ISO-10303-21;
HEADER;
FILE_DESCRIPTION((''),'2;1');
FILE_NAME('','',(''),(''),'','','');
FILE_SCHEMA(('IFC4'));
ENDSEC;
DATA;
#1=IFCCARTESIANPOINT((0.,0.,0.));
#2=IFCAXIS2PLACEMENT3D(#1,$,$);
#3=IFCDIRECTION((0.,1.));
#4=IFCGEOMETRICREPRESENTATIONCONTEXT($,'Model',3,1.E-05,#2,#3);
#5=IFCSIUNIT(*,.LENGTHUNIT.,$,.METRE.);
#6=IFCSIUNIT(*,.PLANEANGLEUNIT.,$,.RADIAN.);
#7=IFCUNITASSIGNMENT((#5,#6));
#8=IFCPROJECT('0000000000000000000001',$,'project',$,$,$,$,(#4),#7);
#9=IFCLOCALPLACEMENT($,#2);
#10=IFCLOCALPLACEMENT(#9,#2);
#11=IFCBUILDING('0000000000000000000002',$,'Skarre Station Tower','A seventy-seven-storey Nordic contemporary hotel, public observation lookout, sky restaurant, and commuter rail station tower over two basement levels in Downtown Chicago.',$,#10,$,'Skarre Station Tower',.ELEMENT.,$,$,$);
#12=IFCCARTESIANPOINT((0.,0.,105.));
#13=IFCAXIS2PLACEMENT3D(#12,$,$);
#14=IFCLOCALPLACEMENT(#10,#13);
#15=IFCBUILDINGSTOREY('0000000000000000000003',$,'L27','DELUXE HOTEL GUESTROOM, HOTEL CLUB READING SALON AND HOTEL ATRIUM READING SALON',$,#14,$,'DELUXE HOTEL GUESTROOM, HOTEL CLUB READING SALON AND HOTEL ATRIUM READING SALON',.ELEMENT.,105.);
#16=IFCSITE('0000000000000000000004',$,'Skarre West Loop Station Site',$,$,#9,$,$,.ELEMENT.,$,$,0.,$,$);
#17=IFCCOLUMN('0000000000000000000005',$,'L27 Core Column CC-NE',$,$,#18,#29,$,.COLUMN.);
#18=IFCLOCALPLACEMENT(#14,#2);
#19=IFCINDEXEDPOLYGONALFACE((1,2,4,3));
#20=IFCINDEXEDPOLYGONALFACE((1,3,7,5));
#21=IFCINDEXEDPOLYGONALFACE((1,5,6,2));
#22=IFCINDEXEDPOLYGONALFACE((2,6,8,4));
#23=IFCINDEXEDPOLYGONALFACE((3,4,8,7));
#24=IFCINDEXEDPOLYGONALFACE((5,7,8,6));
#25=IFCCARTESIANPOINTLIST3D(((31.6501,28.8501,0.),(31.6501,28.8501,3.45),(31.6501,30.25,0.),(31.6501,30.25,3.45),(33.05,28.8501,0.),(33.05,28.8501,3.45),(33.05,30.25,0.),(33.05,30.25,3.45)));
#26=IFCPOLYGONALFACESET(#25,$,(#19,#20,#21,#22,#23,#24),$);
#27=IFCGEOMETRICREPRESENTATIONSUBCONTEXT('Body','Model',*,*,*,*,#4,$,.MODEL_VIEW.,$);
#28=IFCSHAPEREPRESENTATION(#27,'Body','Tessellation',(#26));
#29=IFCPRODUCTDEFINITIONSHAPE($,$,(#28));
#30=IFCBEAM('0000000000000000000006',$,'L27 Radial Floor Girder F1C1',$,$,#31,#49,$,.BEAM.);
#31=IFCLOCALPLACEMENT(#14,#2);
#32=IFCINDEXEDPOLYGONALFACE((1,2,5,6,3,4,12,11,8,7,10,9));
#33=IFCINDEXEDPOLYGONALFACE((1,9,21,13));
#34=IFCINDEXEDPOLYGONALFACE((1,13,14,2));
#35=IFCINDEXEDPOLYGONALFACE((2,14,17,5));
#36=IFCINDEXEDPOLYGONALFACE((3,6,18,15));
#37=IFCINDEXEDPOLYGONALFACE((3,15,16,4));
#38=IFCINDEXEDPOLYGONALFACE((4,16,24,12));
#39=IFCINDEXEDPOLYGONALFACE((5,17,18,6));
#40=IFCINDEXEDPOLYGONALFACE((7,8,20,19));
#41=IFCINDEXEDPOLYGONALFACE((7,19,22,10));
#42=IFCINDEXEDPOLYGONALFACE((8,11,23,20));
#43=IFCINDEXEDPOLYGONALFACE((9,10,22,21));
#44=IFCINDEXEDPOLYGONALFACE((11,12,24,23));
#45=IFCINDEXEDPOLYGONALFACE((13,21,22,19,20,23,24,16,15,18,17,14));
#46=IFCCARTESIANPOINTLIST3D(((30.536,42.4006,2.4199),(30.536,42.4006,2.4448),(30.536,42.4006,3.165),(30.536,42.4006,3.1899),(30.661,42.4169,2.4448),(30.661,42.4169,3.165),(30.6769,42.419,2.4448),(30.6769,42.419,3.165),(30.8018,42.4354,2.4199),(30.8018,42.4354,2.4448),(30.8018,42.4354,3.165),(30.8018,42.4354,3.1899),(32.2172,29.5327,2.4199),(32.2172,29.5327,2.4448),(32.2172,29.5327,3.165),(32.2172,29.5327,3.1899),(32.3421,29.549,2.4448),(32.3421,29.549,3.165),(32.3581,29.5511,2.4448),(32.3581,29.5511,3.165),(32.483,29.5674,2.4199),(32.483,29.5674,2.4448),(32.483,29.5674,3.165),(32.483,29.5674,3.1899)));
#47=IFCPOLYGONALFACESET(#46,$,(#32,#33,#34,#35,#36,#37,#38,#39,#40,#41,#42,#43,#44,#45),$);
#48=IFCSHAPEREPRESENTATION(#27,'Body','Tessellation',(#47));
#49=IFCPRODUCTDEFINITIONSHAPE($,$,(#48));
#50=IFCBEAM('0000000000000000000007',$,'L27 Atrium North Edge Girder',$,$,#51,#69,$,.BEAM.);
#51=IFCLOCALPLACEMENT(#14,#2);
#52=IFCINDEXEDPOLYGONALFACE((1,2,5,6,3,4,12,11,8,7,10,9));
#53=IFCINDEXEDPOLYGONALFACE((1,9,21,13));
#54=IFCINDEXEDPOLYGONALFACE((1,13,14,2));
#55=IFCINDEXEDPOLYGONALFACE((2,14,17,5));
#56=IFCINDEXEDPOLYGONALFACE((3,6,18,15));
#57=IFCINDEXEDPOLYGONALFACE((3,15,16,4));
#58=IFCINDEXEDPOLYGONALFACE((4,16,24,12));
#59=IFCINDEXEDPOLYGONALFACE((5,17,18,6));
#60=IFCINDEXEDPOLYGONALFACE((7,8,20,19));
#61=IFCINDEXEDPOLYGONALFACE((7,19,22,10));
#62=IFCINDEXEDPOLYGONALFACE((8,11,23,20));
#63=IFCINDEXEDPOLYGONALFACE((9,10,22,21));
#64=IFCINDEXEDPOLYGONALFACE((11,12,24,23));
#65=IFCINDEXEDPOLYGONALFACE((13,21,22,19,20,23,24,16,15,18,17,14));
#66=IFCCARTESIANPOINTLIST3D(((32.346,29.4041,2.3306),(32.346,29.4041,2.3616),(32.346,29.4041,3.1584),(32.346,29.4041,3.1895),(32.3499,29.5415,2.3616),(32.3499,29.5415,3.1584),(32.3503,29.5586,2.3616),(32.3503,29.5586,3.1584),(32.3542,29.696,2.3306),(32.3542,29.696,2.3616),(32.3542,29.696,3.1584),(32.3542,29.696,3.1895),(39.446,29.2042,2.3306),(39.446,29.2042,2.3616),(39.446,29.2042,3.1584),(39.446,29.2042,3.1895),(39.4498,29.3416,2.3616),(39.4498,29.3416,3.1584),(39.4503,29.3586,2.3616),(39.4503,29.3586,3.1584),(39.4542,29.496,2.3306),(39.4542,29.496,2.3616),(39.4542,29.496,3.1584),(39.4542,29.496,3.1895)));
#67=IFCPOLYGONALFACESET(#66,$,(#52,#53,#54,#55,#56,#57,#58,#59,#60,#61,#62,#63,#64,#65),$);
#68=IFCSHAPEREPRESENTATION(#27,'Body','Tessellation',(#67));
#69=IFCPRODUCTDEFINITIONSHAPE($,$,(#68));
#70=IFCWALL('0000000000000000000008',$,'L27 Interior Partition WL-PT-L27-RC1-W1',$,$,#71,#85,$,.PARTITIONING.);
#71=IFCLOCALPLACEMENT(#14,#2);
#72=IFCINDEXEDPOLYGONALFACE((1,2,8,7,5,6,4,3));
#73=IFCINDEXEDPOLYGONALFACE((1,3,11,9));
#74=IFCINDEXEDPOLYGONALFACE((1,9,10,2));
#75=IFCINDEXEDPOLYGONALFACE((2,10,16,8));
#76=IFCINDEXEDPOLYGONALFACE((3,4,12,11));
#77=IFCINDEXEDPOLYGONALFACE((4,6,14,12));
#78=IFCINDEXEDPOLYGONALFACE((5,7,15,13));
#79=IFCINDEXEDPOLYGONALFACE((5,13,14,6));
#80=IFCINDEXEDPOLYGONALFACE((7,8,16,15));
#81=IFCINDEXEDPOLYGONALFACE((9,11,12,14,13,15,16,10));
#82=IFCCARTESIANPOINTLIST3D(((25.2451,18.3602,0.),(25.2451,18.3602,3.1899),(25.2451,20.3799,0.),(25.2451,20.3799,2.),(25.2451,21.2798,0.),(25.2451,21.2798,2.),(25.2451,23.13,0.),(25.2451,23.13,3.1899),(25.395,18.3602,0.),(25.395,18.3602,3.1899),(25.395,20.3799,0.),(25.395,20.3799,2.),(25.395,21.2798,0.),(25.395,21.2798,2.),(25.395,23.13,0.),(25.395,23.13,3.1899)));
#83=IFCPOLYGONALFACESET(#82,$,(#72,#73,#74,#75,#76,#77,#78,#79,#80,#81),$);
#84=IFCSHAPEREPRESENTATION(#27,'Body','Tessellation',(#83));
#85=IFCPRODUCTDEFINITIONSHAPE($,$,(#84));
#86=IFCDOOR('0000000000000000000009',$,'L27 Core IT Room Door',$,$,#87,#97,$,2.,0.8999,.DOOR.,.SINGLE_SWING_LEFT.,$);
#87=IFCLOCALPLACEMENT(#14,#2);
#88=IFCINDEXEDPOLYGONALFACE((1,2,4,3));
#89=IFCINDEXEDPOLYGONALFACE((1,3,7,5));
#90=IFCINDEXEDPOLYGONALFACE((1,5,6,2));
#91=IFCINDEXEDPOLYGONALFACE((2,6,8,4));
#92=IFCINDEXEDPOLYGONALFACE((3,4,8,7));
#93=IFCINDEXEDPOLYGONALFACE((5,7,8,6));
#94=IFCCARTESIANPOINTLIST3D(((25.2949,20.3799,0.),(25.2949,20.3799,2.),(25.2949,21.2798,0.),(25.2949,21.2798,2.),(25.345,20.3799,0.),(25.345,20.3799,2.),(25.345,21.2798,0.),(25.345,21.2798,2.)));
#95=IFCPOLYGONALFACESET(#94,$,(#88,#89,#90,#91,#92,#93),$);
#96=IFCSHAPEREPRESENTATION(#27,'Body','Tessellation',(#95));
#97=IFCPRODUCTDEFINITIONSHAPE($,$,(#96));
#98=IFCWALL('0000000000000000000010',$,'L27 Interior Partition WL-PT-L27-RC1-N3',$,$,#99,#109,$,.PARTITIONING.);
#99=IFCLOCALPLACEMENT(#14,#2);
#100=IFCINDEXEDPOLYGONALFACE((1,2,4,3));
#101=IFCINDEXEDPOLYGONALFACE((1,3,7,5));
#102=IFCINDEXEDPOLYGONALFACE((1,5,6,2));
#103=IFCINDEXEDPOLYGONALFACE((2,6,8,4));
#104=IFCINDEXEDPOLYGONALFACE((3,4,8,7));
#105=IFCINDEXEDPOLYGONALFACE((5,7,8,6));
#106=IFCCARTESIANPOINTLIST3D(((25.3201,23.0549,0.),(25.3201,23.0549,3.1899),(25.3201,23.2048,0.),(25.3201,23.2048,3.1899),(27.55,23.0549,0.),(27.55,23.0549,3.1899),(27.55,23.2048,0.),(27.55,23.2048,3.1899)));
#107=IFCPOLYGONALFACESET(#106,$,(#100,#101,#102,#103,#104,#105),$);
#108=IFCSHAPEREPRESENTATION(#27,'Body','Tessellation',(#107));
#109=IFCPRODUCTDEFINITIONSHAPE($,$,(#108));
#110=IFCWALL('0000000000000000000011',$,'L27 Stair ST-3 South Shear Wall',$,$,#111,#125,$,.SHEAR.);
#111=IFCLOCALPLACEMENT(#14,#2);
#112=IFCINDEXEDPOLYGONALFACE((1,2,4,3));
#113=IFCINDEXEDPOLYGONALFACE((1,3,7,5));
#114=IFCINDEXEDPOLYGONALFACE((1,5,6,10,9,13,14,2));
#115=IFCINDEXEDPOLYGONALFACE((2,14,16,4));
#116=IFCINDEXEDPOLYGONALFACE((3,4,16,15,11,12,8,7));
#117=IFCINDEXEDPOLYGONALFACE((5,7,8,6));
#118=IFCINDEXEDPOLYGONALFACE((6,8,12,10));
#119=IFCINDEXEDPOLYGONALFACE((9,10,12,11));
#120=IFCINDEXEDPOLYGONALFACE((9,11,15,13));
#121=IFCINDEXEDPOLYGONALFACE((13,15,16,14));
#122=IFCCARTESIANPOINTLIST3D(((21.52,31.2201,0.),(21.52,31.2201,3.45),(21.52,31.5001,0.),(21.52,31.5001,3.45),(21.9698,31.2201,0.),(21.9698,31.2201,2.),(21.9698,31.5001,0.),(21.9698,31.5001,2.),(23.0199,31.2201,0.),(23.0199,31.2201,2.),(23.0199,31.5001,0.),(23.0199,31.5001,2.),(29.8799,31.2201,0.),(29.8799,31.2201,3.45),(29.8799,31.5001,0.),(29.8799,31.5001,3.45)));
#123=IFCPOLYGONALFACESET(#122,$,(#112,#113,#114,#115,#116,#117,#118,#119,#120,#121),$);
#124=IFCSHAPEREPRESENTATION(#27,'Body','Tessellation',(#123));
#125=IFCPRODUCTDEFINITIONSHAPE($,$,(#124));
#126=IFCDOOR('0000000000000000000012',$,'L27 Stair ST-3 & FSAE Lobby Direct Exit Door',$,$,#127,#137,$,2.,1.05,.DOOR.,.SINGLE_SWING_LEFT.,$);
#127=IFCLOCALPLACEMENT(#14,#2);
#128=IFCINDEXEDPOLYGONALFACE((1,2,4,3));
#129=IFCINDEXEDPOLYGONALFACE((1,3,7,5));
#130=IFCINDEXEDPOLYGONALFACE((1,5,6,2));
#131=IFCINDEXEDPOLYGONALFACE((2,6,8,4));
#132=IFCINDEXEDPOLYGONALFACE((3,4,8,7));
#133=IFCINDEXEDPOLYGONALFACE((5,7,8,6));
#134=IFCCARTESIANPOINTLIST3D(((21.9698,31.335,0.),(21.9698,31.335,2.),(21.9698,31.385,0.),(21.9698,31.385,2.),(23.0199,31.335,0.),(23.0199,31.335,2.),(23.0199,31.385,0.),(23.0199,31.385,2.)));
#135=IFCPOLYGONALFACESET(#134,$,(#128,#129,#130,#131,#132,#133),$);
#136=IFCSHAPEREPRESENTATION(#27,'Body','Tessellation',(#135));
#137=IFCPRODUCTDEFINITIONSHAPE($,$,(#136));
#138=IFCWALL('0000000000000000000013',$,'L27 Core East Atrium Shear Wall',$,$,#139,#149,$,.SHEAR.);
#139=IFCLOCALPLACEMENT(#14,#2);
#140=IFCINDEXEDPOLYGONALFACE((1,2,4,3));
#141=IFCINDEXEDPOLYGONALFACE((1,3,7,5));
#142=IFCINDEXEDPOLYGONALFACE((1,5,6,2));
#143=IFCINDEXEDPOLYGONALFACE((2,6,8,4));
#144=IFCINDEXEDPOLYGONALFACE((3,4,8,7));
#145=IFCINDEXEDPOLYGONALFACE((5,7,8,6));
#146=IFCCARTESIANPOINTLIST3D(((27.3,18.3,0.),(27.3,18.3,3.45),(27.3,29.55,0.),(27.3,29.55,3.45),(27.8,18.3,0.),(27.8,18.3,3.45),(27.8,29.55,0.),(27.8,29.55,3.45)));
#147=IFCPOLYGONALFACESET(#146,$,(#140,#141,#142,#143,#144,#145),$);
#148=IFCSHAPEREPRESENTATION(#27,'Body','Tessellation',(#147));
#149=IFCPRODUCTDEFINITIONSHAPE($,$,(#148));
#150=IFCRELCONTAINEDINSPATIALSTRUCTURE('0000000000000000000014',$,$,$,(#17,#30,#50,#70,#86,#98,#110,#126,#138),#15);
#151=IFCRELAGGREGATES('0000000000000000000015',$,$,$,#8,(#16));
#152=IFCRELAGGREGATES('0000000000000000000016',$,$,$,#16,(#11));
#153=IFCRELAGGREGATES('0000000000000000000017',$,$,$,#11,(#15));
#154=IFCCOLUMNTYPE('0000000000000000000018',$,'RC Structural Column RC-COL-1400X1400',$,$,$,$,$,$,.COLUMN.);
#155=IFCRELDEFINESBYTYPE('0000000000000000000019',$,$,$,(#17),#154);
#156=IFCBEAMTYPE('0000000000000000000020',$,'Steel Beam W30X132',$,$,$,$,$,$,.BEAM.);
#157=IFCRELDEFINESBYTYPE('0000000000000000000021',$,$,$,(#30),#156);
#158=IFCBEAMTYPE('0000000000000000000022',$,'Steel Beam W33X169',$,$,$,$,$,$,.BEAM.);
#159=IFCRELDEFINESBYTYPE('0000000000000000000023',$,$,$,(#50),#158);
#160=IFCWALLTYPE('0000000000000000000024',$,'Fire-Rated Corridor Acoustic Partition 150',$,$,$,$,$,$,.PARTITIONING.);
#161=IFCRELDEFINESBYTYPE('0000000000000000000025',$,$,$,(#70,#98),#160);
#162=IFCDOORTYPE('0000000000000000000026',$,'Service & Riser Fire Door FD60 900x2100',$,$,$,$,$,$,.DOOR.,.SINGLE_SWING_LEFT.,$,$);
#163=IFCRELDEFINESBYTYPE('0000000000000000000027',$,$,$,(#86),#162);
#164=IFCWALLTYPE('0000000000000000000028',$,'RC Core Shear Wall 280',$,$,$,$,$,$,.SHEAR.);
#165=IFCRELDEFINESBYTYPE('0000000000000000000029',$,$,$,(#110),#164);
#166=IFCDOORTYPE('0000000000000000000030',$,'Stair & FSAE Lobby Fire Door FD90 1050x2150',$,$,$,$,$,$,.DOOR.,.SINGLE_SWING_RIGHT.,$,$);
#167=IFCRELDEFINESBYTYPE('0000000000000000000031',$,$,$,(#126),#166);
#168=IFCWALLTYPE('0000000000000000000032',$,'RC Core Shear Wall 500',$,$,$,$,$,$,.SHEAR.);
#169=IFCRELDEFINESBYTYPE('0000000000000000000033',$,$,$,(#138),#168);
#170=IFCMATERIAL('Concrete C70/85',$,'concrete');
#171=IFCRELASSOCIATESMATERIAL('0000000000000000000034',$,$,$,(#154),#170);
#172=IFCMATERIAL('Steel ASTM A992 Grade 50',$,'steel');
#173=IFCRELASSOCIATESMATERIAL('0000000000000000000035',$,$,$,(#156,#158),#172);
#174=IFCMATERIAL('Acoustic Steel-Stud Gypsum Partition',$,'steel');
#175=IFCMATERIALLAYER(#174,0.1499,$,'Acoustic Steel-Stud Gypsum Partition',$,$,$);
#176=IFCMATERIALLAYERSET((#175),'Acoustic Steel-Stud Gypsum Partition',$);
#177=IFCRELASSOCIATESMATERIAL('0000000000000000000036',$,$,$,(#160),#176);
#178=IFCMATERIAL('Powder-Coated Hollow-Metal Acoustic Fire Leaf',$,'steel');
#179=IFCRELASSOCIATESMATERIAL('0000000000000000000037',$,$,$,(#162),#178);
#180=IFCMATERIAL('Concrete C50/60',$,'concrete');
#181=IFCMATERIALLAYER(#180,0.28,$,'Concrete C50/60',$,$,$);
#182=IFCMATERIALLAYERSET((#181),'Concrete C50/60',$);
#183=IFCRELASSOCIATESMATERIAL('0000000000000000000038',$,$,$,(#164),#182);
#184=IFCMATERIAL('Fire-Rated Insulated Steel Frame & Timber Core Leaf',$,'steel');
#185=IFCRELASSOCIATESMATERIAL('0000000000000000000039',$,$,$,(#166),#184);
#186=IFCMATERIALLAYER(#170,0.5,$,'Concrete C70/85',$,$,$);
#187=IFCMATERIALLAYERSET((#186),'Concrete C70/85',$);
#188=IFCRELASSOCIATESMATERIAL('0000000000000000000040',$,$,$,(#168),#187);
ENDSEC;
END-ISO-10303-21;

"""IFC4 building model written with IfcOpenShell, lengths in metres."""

from ifc_helpers import new_model, si_unit, direction, frame, frame_2d, origin, origin_2d, place, context, subcontext, project, spatial, rectangle, i_section, extrude, material, layer, layer_set, material_profile, profile_set, type_object, element, fill, save


model = new_model("IFC4")

# Units and contexts
model_context = context("Model", 3, precision=1e-05, world=origin(), true_north=direction((0.0, 1.0)))
body_context = subcontext(model_context, "Body", "Model", "MODEL_VIEW")
ifc_project = project(units=[si_unit("LENGTHUNIT", "METRE"), si_unit("PLANEANGLEUNIT", "RADIAN")], contexts=[model_context])

# Site, building, storey
site_placement = place(None, origin())
site = spatial("IfcSite", under=ifc_project, at=site_placement, Name="Skarre West Loop Station Site", CompositionType="ELEMENT", RefElevation=0.0)
building_placement = place(site_placement, origin())
building = spatial("IfcBuilding", under=site, at=building_placement, Name="Skarre Station Tower", Description="A seventy-seven-storey Nordic contemporary hotel, public observation lookout, sky restaurant, and commuter rail station tower over two basement levels in Downtown Chicago.", LongName="Skarre Station Tower", CompositionType="ELEMENT")
storey_placement = place(building_placement, frame((0.0, 0.0, 105.0)))
storey = spatial("IfcBuildingStorey", under=building, at=storey_placement, Name="L27", Description="DELUXE HOTEL GUESTROOM, HOTEL CLUB READING SALON AND HOTEL ATRIUM READING SALON", LongName="DELUXE HOTEL GUESTROOM, HOTEL CLUB READING SALON AND HOTEL ATRIUM READING SALON", CompositionType="ELEMENT", Elevation=105.0)

# Column
ifc_material_1 = material(Name="Concrete C70/85", Category="concrete")
ifc_material_profile_1 = material_profile(ifc_material_1, rectangle(XDim=1.3999, YDim=1.3999, at=origin_2d()), Name="Concrete C70/85")
ifc_profile_set_1 = profile_set([ifc_material_profile_1], Name="Concrete C70/85")
column_type = type_object("IfcColumnType", Name="RC Structural Column RC-COL-1400X1400", PredefinedType="COLUMN", material=ifc_profile_set_1)
column_placement = place(storey_placement, frame((32.3501, 29.55, 0.0), z_axis=(0.0, 0.0, 1.0), x_axis=(1.0, 0.0, 0.0)))
element("IfcColumn", 1, at=column_placement, inside=storey, type_object=column_type, Name="L27 Core Column CC-NE", PredefinedType="COLUMN", context=body_context, shape_type="SweptSolid", body=[
    extrude(rectangle(XDim=1.3999, YDim=1.3999, at=origin_2d()), origin(), (0.0, 0.0, 1.0), 3.45),
])

# Beams
ifc_material_2 = material(Name="Steel ASTM A992 Grade 50", Category="steel")
ifc_material_profile_2 = material_profile(ifc_material_2, i_section(OverallWidth=0.2681, OverallDepth=0.77, WebThickness=0.0161, FlangeThickness=0.0249, at=origin_2d()), Name="Steel ASTM A992 Grade 50")
ifc_profile_set_2 = profile_set([ifc_material_profile_2], Name="Steel ASTM A992 Grade 50")
beam_type_1 = type_object("IfcBeamType", Name="Steel Beam W30X132", PredefinedType="BEAM", material=ifc_profile_set_2)
beam_1_placement = place(storey_placement, frame((32.3501, 29.55, 2.8049), z_axis=(-0.129546, 0.991573, 0.0), x_axis=(-0.991573, -0.129546, 0.0)))
element("IfcBeam", 2, at=beam_1_placement, inside=storey, type_object=beam_type_1, Name="L27 Radial Floor Girder F1C1", PredefinedType="BEAM", context=body_context, shape_type="SweptSolid", body=[
    extrude(i_section(OverallWidth=0.2681, OverallDepth=0.77, WebThickness=0.0161, FlangeThickness=0.0249, at=origin_2d()), origin(), (0.0, 0.0, 1.0), 12.9773),
])
ifc_material_profile_3 = material_profile(ifc_material_2, i_section(OverallWidth=0.292, OverallDepth=0.8589, WebThickness=0.0171, FlangeThickness=0.031, at=origin_2d()), Name="Steel ASTM A992 Grade 50")
ifc_profile_set_3 = profile_set([ifc_material_profile_3], Name="Steel ASTM A992 Grade 50")
beam_type_2 = type_object("IfcBeamType", Name="Steel Beam W33X169", PredefinedType="BEAM", material=ifc_profile_set_3)
beam_2_placement = place(storey_placement, frame((32.3501, 29.55, 2.76), z_axis=(0.999604, -0.028152, 0.0), x_axis=(0.028152, 0.999604, 0.0)))
element("IfcBeam", 3, at=beam_2_placement, inside=storey, type_object=beam_type_2, Name="L27 Atrium North Edge Girder", PredefinedType="BEAM", context=body_context, shape_type="SweptSolid", body=[
    extrude(i_section(OverallWidth=0.292, OverallDepth=0.8589, WebThickness=0.0171, FlangeThickness=0.031, at=origin_2d()), origin(), (0.0, 0.0, 1.0), 7.1028),
])

# Wall, opening, door
ifc_material_3 = material(Name="Acoustic Steel-Stud Gypsum Partition", Category="steel")
ifc_layer_1 = layer(ifc_material_3, 0.1499, Name="Acoustic Steel-Stud Gypsum Partition")
ifc_layer_set_1 = layer_set([ifc_layer_1], Name="Acoustic Steel-Stud Gypsum Partition")
wall_type_1 = type_object("IfcWallType", Name="Fire-Rated Corridor Acoustic Partition 150", PredefinedType="PARTITIONING", material=ifc_layer_set_1)
wall_1_placement = place(storey_placement, frame((25.3201, 23.1299, 0.0), z_axis=(0.0, 0.0, 1.0), x_axis=(0.0, -1.0, 0.0)))
wall_1 = element("IfcWall", 4, at=wall_1_placement, inside=storey, type_object=wall_type_1, Name="L27 Interior Partition WL-PT-L27-RC1-W1", PredefinedType="PARTITIONING", context=body_context, shape_type="SweptSolid", body=[
    extrude(rectangle(XDim=4.7698, YDim=0.1499, at=frame_2d((2.3848, 0.0))), origin(), (0.0, 0.0, 1.0), 3.1899),
])
opening_1_placement = place(wall_1_placement, frame((1.8501, 0.0, 0.0)))
opening_1 = element("IfcOpeningElement", 5, at=opening_1_placement, cuts=wall_1, PredefinedType="OPENING", context=body_context, shape_type="SweptSolid", body=[
    extrude(rectangle(XDim=0.8999, YDim=2.0, at=frame_2d((0.45, 1.0))), frame((0.0, 0.085, 0.0), z_axis=(0.0, -1.0, 0.0), x_axis=(1.0, 0.0, 0.0)), (0.0, 0.0, 1.0), 0.1699),
])
ifc_material_4 = material(Name="Powder-Coated Hollow-Metal Acoustic Fire Leaf", Category="steel")
door_type_1 = type_object("IfcDoorType", Name="Service & Riser Fire Door FD60 900x2100", OperationType="SINGLE_SWING_LEFT", PredefinedType="DOOR", material=ifc_material_4)
door_1_placement = place(opening_1_placement, origin())
door_1 = element("IfcDoor", 6, at=door_1_placement, inside=storey, type_object=door_type_1, Name="L27 Core IT Room Door", OperationType="SINGLE_SWING_LEFT", OverallHeight=2.0, OverallWidth=0.8999, PredefinedType="DOOR", context=body_context, shape_type="SweptSolid", body=[
    extrude(rectangle(XDim=0.8999, YDim=2.0, at=frame_2d((0.45, 1.0))), frame((0.0, 0.0249, 0.0), z_axis=(0.0, -1.0, 0.0), x_axis=(1.0, 0.0, 0.0)), (0.0, 0.0, 1.0), 0.05),
])
fill(opening_1, door_1)

# Wall
wall_2_placement = place(storey_placement, frame((25.3201, 23.1299, 0.0), z_axis=(0.0, 0.0, 1.0), x_axis=(1.0, 0.0, 0.0)))
element("IfcWall", 7, at=wall_2_placement, inside=storey, type_object=wall_type_1, Name="L27 Interior Partition WL-PT-L27-RC1-N3", PredefinedType="PARTITIONING", context=body_context, shape_type="SweptSolid", body=[
    extrude(rectangle(XDim=2.23, YDim=0.1499, at=frame_2d((1.115, 0.0))), origin(), (0.0, 0.0, 1.0), 3.1899),
])

# Wall, opening, door
ifc_material_5 = material(Name="Concrete C50/60", Category="concrete")
ifc_layer_2 = layer(ifc_material_5, 0.28, Name="Concrete C50/60")
ifc_layer_set_2 = layer_set([ifc_layer_2], Name="Concrete C50/60")
wall_type_2 = type_object("IfcWallType", Name="RC Core Shear Wall 280", PredefinedType="SHEAR", material=ifc_layer_set_2)
wall_3_placement = place(storey_placement, frame((21.52, 31.3601, 0.0), z_axis=(0.0, 0.0, 1.0), x_axis=(1.0, 0.0, 0.0)))
wall_3 = element("IfcWall", 8, at=wall_3_placement, inside=storey, type_object=wall_type_2, Name="L27 Stair ST-3 South Shear Wall", PredefinedType="SHEAR", context=body_context, shape_type="SweptSolid", body=[
    extrude(rectangle(XDim=8.3599, YDim=0.28, at=frame_2d((4.1799, 0.0))), origin(), (0.0, 0.0, 1.0), 3.45),
])
opening_2_placement = place(wall_3_placement, frame((0.45, 0.0, 0.0)))
opening_2 = element("IfcOpeningElement", 9, at=opening_2_placement, cuts=wall_3, PredefinedType="OPENING", context=body_context, shape_type="SweptSolid", body=[
    extrude(rectangle(XDim=1.05, YDim=2.0, at=frame_2d((0.5249, 1.0))), frame((0.0, 0.1499, 0.0), z_axis=(0.0, -1.0, 0.0), x_axis=(1.0, 0.0, 0.0)), (0.0, 0.0, 1.0), 0.3),
])
ifc_material_6 = material(Name="Fire-Rated Insulated Steel Frame & Timber Core Leaf", Category="steel")
door_type_2 = type_object("IfcDoorType", Name="Stair & FSAE Lobby Fire Door FD90 1050x2150", OperationType="SINGLE_SWING_RIGHT", PredefinedType="DOOR", material=ifc_material_6)
door_2_placement = place(opening_2_placement, origin())
door_2 = element("IfcDoor", 10, at=door_2_placement, inside=storey, type_object=door_type_2, Name="L27 Stair ST-3 & FSAE Lobby Direct Exit Door", OperationType="SINGLE_SWING_LEFT", OverallHeight=2.0, OverallWidth=1.05, PredefinedType="DOOR", context=body_context, shape_type="SweptSolid", body=[
    extrude(rectangle(XDim=1.05, YDim=2.0, at=frame_2d((0.5249, 1.0))), frame((0.0, 0.0249, 0.0), z_axis=(0.0, -1.0, 0.0), x_axis=(1.0, 0.0, 0.0)), (0.0, 0.0, 1.0), 0.05),
])
fill(opening_2, door_2)

# Wall
ifc_layer_3 = layer(ifc_material_1, 0.5, Name="Concrete C70/85")
ifc_layer_set_3 = layer_set([ifc_layer_3], Name="Concrete C70/85")
wall_type_3 = type_object("IfcWallType", Name="RC Core Shear Wall 500", PredefinedType="SHEAR", material=ifc_layer_set_3)
wall_4_placement = place(storey_placement, frame((27.55, 29.55, 0.0), z_axis=(0.0, 0.0, 1.0), x_axis=(0.0, -1.0, 0.0)))
element("IfcWall", 11, at=wall_4_placement, inside=storey, type_object=wall_type_3, Name="L27 Core East Atrium Shear Wall", PredefinedType="SHEAR", context=body_context, shape_type="SweptSolid", body=[
    extrude(rectangle(XDim=11.25, YDim=0.5, at=frame_2d((5.625, 0.0))), origin(), (0.0, 0.0, 1.0), 3.45),
])

save(model, "model.ifc")
